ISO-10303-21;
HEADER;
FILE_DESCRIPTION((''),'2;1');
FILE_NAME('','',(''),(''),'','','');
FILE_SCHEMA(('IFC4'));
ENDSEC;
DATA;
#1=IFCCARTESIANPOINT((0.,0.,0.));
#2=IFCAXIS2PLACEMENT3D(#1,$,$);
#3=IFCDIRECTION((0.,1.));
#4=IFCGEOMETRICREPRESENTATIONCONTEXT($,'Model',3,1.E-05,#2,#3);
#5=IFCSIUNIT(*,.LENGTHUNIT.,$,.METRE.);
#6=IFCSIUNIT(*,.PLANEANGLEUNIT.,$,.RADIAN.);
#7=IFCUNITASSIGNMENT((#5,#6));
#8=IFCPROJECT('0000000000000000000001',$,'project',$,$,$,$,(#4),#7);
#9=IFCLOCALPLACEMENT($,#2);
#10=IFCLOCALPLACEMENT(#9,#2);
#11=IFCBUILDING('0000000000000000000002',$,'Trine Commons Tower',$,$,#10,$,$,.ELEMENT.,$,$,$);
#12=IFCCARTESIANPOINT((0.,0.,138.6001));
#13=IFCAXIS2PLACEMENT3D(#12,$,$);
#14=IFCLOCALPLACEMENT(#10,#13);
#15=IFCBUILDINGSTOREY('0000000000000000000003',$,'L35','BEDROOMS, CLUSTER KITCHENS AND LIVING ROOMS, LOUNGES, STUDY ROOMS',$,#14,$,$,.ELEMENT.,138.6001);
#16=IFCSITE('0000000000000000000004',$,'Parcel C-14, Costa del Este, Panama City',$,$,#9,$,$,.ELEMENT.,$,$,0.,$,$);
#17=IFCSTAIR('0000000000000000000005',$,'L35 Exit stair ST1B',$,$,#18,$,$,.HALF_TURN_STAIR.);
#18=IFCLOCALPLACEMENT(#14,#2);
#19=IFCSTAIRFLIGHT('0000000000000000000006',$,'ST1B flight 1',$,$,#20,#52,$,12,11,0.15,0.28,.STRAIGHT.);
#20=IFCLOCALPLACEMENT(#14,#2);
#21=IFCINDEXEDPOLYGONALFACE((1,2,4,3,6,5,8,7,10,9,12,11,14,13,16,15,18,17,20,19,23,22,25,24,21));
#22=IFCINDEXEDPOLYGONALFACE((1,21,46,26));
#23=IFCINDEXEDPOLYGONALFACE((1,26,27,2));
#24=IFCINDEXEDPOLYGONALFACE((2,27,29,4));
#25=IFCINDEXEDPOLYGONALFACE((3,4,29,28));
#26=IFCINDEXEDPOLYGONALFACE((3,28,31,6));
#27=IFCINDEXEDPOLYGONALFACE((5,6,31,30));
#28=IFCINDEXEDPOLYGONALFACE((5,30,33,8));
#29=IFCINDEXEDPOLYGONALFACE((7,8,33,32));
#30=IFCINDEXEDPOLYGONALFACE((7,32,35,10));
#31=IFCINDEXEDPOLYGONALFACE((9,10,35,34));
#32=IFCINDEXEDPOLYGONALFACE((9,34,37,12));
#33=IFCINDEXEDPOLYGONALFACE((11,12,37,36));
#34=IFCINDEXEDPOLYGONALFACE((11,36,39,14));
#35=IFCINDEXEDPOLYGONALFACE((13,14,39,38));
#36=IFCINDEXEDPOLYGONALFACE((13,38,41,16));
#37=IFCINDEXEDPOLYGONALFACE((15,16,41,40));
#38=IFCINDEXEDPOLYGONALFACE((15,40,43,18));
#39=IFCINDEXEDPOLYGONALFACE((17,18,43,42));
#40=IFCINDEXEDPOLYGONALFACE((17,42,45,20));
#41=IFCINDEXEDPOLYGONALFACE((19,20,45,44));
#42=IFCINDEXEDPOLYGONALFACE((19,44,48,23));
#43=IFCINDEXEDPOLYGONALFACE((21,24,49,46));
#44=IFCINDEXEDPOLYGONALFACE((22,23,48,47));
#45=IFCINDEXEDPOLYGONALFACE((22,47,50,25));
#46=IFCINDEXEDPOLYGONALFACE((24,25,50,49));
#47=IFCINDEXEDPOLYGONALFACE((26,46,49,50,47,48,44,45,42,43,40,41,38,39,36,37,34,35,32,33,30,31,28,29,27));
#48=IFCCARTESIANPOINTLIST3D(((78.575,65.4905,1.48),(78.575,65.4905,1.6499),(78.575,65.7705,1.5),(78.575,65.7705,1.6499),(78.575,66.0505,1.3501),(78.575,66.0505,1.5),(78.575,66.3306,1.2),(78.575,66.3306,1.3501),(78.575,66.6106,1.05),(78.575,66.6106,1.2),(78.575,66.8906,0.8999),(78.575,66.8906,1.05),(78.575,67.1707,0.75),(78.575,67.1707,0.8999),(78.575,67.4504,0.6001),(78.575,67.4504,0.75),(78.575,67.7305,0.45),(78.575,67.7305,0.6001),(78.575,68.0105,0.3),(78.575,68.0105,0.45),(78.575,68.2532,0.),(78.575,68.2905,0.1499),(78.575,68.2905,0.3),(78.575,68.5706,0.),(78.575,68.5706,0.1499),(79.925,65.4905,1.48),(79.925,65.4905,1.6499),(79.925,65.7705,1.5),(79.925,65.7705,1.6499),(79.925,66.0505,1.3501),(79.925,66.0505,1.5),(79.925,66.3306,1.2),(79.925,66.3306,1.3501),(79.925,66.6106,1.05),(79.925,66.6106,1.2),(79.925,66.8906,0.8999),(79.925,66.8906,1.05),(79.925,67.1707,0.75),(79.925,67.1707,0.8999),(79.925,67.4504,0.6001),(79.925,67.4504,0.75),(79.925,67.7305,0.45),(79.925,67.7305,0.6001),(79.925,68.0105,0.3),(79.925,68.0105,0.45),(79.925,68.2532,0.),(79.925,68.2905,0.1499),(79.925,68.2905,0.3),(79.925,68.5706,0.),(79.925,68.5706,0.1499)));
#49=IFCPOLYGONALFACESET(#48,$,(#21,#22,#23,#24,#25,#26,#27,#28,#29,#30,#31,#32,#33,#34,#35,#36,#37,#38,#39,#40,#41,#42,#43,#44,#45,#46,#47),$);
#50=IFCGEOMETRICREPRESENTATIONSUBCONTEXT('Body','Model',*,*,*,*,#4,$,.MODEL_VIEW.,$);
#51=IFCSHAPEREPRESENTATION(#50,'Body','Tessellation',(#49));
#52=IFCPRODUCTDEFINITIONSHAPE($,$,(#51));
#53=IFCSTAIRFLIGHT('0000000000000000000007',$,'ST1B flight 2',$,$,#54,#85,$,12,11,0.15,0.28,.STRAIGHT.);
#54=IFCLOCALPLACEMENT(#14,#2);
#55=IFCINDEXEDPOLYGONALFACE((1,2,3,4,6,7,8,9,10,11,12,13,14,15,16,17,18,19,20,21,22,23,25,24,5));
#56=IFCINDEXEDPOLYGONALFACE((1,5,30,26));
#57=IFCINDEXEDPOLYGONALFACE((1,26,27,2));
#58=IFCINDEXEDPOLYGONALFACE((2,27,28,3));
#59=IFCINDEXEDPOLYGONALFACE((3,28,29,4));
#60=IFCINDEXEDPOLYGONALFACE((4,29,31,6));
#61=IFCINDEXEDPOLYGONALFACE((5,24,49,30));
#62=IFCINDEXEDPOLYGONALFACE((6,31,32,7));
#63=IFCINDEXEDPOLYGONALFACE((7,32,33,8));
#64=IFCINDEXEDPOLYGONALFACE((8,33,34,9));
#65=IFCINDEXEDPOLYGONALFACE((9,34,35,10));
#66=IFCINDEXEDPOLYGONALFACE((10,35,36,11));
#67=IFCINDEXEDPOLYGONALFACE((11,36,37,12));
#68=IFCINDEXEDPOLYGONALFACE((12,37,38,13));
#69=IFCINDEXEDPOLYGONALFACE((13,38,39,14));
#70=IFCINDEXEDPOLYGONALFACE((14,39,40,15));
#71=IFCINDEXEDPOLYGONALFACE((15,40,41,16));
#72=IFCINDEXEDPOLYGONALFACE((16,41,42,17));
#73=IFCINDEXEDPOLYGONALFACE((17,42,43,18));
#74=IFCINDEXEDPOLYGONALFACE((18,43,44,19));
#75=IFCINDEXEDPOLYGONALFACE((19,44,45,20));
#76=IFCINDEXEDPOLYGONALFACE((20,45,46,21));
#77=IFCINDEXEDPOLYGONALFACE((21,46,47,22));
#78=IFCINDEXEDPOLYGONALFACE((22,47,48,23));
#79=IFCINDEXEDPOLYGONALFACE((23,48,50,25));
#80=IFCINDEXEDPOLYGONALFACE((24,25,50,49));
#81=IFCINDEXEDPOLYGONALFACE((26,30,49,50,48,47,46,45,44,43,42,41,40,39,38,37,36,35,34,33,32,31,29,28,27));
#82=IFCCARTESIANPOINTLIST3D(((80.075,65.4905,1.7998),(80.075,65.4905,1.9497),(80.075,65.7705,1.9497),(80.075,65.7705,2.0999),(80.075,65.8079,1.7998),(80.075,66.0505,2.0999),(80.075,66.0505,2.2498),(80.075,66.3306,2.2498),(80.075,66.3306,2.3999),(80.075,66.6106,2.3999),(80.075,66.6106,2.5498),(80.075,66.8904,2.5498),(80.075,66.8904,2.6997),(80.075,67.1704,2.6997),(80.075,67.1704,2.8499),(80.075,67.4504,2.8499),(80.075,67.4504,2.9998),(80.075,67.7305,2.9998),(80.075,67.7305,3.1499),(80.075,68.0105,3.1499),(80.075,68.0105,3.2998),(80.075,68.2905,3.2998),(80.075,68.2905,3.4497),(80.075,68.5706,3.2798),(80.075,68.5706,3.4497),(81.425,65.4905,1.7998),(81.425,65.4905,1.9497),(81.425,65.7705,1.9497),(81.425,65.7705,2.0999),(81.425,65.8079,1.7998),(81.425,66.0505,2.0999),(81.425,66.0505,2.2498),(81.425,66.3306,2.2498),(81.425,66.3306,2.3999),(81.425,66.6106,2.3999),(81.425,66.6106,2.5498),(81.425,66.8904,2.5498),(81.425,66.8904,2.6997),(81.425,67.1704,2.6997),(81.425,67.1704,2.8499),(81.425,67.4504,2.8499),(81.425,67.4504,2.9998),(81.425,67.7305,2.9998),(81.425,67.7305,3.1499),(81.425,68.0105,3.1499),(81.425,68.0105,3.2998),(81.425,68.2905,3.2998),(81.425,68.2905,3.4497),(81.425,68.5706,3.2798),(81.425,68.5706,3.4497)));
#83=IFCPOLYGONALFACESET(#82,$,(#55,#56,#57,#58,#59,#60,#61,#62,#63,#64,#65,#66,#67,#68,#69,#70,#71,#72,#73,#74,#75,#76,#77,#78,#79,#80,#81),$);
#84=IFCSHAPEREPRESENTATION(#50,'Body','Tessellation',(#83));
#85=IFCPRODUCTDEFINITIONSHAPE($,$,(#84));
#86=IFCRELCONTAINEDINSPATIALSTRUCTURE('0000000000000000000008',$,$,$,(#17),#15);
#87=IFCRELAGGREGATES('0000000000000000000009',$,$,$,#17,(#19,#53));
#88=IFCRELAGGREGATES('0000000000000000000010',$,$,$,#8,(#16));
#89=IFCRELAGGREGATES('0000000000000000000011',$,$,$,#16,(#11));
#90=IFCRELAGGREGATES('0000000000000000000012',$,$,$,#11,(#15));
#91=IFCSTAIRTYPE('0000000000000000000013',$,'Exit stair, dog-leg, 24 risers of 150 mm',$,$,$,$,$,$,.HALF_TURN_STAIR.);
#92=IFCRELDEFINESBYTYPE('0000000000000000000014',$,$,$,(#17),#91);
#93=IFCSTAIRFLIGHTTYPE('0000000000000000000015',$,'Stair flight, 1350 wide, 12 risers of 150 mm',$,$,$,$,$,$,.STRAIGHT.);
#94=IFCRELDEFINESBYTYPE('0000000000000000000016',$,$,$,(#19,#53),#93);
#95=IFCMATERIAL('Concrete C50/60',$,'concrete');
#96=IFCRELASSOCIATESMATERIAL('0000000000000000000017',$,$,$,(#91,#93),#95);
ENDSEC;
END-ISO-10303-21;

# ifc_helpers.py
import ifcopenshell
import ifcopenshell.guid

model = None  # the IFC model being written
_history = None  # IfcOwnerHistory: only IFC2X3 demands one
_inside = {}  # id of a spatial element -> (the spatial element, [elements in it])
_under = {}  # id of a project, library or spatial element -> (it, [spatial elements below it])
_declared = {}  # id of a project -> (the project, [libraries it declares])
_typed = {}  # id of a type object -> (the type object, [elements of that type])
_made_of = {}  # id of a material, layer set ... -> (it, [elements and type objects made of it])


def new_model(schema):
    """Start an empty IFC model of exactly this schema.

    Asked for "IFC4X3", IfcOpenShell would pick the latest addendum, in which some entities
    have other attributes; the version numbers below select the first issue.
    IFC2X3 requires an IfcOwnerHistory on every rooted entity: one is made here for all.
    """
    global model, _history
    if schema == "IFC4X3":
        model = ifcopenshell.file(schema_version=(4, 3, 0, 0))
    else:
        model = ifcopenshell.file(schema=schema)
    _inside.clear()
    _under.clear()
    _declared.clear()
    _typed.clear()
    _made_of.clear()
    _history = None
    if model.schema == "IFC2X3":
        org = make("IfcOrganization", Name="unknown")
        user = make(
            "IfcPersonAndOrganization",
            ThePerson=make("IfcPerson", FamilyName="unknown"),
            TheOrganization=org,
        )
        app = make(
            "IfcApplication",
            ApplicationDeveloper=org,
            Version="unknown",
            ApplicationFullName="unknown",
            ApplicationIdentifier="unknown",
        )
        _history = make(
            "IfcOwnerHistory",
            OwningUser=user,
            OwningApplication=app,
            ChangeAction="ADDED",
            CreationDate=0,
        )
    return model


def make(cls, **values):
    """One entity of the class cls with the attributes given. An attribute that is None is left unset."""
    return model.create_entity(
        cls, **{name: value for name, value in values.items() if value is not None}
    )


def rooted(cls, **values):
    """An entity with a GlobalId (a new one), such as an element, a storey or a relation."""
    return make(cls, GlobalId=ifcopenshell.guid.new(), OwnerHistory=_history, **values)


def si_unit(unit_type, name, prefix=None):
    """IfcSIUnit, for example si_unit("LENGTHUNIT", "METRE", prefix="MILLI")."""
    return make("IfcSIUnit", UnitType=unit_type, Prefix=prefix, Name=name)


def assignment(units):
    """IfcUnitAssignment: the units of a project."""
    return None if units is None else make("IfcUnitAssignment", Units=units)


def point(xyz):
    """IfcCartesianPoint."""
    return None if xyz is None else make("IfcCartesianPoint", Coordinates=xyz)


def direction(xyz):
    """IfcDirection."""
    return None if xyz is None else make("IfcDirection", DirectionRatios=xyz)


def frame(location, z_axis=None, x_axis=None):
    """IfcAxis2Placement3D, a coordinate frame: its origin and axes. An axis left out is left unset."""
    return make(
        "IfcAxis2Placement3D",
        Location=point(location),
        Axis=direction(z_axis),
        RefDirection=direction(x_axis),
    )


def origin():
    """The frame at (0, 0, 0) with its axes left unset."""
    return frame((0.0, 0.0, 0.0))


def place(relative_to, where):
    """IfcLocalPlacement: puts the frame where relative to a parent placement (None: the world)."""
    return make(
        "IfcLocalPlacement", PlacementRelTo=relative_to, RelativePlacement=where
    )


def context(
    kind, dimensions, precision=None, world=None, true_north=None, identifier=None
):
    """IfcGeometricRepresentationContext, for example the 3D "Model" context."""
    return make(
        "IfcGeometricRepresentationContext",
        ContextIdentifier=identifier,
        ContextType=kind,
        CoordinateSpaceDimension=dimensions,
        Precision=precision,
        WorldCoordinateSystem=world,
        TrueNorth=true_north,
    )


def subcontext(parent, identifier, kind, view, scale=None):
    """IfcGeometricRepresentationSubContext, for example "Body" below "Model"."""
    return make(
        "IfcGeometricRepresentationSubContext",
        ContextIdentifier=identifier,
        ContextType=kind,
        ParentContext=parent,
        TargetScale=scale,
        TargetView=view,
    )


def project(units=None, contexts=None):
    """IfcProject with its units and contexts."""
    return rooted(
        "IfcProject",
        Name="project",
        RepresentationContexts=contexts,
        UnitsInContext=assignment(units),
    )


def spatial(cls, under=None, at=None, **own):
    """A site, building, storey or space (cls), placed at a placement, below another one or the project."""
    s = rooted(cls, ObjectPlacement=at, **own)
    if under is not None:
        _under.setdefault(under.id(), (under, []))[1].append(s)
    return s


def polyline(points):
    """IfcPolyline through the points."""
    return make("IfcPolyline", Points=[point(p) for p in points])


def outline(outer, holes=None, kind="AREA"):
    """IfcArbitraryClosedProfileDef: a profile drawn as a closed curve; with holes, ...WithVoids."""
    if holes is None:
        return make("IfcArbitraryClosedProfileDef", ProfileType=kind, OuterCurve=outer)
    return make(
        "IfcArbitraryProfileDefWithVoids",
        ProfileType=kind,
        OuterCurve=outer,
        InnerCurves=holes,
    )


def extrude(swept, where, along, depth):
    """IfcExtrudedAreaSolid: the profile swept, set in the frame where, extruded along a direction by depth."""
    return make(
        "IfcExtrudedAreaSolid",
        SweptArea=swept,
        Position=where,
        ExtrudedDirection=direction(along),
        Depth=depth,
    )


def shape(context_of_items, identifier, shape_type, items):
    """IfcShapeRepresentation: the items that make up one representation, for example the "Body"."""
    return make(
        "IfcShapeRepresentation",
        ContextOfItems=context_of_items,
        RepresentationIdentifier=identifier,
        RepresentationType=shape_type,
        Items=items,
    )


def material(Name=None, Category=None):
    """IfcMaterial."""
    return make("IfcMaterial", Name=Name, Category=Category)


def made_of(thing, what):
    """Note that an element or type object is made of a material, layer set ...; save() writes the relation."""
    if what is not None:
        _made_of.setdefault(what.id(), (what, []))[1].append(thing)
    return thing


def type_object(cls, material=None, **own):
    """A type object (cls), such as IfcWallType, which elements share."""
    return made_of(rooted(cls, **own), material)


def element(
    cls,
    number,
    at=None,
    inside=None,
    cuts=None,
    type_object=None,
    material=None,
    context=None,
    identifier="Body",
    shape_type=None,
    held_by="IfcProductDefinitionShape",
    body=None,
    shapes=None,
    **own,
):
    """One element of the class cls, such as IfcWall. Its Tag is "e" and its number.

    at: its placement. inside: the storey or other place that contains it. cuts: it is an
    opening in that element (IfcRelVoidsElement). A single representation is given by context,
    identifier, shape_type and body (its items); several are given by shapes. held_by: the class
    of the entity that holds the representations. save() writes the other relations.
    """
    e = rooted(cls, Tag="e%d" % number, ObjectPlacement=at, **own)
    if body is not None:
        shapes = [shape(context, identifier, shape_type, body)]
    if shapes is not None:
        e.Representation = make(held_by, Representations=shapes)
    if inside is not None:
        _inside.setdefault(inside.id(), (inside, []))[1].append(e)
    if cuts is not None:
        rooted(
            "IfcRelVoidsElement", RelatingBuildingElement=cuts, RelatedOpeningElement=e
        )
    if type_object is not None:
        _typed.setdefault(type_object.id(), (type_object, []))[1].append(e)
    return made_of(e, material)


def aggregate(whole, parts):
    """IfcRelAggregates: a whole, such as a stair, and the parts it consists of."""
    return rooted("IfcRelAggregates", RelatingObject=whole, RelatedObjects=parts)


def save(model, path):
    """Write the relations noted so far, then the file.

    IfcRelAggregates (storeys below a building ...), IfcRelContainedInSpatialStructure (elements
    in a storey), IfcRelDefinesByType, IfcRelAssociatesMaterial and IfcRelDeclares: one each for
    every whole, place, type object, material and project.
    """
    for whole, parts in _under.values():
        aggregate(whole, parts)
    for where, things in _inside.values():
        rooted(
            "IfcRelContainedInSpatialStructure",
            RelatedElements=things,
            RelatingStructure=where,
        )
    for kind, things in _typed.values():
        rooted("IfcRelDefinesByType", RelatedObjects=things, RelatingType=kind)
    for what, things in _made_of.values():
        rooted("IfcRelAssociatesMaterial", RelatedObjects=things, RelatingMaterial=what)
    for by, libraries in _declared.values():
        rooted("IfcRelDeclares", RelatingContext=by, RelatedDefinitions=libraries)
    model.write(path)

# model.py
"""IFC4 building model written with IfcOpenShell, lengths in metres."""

from ifc_helpers import new_model, si_unit, direction, frame, origin, place, context, subcontext, project, spatial, polyline, outline, extrude, material, type_object, element, aggregate, save


model = new_model("IFC4")

# Units and contexts
model_context = context("Model", 3, precision=1e-05, world=origin(), true_north=direction((0.0, 1.0)))
body_context = subcontext(model_context, "Body", "Model", "MODEL_VIEW")
ifc_project = project(units=[si_unit("LENGTHUNIT", "METRE"), si_unit("PLANEANGLEUNIT", "RADIAN")], contexts=[model_context])

# Site, building, storey
site_placement = place(None, origin())
site = spatial("IfcSite", under=ifc_project, at=site_placement, Name="Parcel C-14, Costa del Este, Panama City", CompositionType="ELEMENT", RefElevation=0.0)
building_placement = place(site_placement, origin())
building = spatial("IfcBuilding", under=site, at=building_placement, Name="Trine Commons Tower", CompositionType="ELEMENT")
storey_placement = place(building_placement, frame((0.0, 0.0, 138.6001)))
storey = spatial("IfcBuildingStorey", under=building, at=storey_placement, Name="L35", Description="BEDROOMS, CLUSTER KITCHENS AND LIVING ROOMS, LOUNGES, STUDY ROOMS", CompositionType="ELEMENT", Elevation=138.6001)

# Shared definitions
ifc_material_1 = material(Name="Concrete C50/60", Category="concrete")

# Stair, stair flights
stair_type = type_object("IfcStairType", Name="Exit stair, dog-leg, 24 risers of 150 mm", PredefinedType="HALF_TURN_STAIR", material=ifc_material_1)
stair_placement = place(storey_placement, origin())
stair = element("IfcStair", 1, at=stair_placement, inside=storey, type_object=stair_type, Name="L35 Exit stair ST1B", PredefinedType="HALF_TURN_STAIR")
stair_flight_type = type_object("IfcStairFlightType", Name="Stair flight, 1350 wide, 12 risers of 150 mm", PredefinedType="STRAIGHT", material=ifc_material_1)
stair_flight_1_placement = place(storey_placement, frame((79.25, 68.5706, 0.0), z_axis=(0.0, 0.0, 1.0), x_axis=(0.0, -1.0, 0.0)))
stair_flight_1 = element("IfcStairFlight", 2, at=stair_flight_1_placement, type_object=stair_flight_type, Name="ST1B flight 1", NumberOfRisers=12, NumberOfTreads=11, PredefinedType="STRAIGHT", RiserHeight=0.15, TreadLength=0.28, context=body_context, shape_type="SweptSolid", body=[
    extrude(outline(polyline([(0.0, 0.0), (0.0, 0.1499), (0.28, 0.1499), (0.28, 0.3), (0.5601, 0.3), (0.5601, 0.45), (0.8401, 0.45), (0.8401, 0.6001), (1.1201, 0.6001), (1.1201, 0.75), (1.3999, 0.75), (1.3999, 0.8999), (1.6799, 0.8999), (1.6799, 1.05), (1.96, 1.05), (1.96, 1.2), (2.24, 1.2), (2.24, 1.3501), (2.52, 1.3501), (2.52, 1.5), (2.8, 1.5), (2.8, 1.6499), (3.0801, 1.6499), (3.0801, 1.8), (3.0801, 1.48), (0.3174, 0.0), (0.0, 0.0)])), frame((0.0, 0.675, 0.0), z_axis=(0.0, -1.0, 0.0), x_axis=(1.0, 0.0, 0.0)), (0.0, 0.0, 1.0), 1.3501),
])
stair_flight_2_placement = place(storey_placement, frame((80.75, 65.4905, 1.7998), z_axis=(0.0, 0.0, 1.0), x_axis=(0.0, 1.0, 0.0)))
stair_flight_2 = element("IfcStairFlight", 3, at=stair_flight_2_placement, type_object=stair_flight_type, Name="ST1B flight 2", NumberOfRisers=12, NumberOfTreads=11, PredefinedType="STRAIGHT", RiserHeight=0.15, TreadLength=0.28, context=body_context, shape_type="SweptSolid", body=[
    extrude(outline(polyline([(0.0, 0.0), (0.0, 0.1499), (0.28, 0.1499), (0.28, 0.3), (0.5601, 0.3), (0.5601, 0.45), (0.8401, 0.45), (0.8401, 0.6001), (1.1201, 0.6001), (1.1201, 0.75), (1.3999, 0.75), (1.3999, 0.8999), (1.6799, 0.8999), (1.6799, 1.05), (1.96, 1.05), (1.96, 1.2), (2.24, 1.2), (2.24, 1.3501), (2.52, 1.3501), (2.52, 1.5), (2.8, 1.5), (2.8, 1.6499), (3.0801, 1.6499), (3.0801, 1.8), (3.0801, 1.48), (0.3174, 0.0), (0.0, 0.0)])), frame((0.0, 0.675, 0.0), z_axis=(0.0, -1.0, 0.0), x_axis=(1.0, 0.0, 0.0)), (0.0, 0.0, 1.0), 1.3501),
])
aggregate(stair, [stair_flight_1, stair_flight_2])

save(model, "model.ifc")
